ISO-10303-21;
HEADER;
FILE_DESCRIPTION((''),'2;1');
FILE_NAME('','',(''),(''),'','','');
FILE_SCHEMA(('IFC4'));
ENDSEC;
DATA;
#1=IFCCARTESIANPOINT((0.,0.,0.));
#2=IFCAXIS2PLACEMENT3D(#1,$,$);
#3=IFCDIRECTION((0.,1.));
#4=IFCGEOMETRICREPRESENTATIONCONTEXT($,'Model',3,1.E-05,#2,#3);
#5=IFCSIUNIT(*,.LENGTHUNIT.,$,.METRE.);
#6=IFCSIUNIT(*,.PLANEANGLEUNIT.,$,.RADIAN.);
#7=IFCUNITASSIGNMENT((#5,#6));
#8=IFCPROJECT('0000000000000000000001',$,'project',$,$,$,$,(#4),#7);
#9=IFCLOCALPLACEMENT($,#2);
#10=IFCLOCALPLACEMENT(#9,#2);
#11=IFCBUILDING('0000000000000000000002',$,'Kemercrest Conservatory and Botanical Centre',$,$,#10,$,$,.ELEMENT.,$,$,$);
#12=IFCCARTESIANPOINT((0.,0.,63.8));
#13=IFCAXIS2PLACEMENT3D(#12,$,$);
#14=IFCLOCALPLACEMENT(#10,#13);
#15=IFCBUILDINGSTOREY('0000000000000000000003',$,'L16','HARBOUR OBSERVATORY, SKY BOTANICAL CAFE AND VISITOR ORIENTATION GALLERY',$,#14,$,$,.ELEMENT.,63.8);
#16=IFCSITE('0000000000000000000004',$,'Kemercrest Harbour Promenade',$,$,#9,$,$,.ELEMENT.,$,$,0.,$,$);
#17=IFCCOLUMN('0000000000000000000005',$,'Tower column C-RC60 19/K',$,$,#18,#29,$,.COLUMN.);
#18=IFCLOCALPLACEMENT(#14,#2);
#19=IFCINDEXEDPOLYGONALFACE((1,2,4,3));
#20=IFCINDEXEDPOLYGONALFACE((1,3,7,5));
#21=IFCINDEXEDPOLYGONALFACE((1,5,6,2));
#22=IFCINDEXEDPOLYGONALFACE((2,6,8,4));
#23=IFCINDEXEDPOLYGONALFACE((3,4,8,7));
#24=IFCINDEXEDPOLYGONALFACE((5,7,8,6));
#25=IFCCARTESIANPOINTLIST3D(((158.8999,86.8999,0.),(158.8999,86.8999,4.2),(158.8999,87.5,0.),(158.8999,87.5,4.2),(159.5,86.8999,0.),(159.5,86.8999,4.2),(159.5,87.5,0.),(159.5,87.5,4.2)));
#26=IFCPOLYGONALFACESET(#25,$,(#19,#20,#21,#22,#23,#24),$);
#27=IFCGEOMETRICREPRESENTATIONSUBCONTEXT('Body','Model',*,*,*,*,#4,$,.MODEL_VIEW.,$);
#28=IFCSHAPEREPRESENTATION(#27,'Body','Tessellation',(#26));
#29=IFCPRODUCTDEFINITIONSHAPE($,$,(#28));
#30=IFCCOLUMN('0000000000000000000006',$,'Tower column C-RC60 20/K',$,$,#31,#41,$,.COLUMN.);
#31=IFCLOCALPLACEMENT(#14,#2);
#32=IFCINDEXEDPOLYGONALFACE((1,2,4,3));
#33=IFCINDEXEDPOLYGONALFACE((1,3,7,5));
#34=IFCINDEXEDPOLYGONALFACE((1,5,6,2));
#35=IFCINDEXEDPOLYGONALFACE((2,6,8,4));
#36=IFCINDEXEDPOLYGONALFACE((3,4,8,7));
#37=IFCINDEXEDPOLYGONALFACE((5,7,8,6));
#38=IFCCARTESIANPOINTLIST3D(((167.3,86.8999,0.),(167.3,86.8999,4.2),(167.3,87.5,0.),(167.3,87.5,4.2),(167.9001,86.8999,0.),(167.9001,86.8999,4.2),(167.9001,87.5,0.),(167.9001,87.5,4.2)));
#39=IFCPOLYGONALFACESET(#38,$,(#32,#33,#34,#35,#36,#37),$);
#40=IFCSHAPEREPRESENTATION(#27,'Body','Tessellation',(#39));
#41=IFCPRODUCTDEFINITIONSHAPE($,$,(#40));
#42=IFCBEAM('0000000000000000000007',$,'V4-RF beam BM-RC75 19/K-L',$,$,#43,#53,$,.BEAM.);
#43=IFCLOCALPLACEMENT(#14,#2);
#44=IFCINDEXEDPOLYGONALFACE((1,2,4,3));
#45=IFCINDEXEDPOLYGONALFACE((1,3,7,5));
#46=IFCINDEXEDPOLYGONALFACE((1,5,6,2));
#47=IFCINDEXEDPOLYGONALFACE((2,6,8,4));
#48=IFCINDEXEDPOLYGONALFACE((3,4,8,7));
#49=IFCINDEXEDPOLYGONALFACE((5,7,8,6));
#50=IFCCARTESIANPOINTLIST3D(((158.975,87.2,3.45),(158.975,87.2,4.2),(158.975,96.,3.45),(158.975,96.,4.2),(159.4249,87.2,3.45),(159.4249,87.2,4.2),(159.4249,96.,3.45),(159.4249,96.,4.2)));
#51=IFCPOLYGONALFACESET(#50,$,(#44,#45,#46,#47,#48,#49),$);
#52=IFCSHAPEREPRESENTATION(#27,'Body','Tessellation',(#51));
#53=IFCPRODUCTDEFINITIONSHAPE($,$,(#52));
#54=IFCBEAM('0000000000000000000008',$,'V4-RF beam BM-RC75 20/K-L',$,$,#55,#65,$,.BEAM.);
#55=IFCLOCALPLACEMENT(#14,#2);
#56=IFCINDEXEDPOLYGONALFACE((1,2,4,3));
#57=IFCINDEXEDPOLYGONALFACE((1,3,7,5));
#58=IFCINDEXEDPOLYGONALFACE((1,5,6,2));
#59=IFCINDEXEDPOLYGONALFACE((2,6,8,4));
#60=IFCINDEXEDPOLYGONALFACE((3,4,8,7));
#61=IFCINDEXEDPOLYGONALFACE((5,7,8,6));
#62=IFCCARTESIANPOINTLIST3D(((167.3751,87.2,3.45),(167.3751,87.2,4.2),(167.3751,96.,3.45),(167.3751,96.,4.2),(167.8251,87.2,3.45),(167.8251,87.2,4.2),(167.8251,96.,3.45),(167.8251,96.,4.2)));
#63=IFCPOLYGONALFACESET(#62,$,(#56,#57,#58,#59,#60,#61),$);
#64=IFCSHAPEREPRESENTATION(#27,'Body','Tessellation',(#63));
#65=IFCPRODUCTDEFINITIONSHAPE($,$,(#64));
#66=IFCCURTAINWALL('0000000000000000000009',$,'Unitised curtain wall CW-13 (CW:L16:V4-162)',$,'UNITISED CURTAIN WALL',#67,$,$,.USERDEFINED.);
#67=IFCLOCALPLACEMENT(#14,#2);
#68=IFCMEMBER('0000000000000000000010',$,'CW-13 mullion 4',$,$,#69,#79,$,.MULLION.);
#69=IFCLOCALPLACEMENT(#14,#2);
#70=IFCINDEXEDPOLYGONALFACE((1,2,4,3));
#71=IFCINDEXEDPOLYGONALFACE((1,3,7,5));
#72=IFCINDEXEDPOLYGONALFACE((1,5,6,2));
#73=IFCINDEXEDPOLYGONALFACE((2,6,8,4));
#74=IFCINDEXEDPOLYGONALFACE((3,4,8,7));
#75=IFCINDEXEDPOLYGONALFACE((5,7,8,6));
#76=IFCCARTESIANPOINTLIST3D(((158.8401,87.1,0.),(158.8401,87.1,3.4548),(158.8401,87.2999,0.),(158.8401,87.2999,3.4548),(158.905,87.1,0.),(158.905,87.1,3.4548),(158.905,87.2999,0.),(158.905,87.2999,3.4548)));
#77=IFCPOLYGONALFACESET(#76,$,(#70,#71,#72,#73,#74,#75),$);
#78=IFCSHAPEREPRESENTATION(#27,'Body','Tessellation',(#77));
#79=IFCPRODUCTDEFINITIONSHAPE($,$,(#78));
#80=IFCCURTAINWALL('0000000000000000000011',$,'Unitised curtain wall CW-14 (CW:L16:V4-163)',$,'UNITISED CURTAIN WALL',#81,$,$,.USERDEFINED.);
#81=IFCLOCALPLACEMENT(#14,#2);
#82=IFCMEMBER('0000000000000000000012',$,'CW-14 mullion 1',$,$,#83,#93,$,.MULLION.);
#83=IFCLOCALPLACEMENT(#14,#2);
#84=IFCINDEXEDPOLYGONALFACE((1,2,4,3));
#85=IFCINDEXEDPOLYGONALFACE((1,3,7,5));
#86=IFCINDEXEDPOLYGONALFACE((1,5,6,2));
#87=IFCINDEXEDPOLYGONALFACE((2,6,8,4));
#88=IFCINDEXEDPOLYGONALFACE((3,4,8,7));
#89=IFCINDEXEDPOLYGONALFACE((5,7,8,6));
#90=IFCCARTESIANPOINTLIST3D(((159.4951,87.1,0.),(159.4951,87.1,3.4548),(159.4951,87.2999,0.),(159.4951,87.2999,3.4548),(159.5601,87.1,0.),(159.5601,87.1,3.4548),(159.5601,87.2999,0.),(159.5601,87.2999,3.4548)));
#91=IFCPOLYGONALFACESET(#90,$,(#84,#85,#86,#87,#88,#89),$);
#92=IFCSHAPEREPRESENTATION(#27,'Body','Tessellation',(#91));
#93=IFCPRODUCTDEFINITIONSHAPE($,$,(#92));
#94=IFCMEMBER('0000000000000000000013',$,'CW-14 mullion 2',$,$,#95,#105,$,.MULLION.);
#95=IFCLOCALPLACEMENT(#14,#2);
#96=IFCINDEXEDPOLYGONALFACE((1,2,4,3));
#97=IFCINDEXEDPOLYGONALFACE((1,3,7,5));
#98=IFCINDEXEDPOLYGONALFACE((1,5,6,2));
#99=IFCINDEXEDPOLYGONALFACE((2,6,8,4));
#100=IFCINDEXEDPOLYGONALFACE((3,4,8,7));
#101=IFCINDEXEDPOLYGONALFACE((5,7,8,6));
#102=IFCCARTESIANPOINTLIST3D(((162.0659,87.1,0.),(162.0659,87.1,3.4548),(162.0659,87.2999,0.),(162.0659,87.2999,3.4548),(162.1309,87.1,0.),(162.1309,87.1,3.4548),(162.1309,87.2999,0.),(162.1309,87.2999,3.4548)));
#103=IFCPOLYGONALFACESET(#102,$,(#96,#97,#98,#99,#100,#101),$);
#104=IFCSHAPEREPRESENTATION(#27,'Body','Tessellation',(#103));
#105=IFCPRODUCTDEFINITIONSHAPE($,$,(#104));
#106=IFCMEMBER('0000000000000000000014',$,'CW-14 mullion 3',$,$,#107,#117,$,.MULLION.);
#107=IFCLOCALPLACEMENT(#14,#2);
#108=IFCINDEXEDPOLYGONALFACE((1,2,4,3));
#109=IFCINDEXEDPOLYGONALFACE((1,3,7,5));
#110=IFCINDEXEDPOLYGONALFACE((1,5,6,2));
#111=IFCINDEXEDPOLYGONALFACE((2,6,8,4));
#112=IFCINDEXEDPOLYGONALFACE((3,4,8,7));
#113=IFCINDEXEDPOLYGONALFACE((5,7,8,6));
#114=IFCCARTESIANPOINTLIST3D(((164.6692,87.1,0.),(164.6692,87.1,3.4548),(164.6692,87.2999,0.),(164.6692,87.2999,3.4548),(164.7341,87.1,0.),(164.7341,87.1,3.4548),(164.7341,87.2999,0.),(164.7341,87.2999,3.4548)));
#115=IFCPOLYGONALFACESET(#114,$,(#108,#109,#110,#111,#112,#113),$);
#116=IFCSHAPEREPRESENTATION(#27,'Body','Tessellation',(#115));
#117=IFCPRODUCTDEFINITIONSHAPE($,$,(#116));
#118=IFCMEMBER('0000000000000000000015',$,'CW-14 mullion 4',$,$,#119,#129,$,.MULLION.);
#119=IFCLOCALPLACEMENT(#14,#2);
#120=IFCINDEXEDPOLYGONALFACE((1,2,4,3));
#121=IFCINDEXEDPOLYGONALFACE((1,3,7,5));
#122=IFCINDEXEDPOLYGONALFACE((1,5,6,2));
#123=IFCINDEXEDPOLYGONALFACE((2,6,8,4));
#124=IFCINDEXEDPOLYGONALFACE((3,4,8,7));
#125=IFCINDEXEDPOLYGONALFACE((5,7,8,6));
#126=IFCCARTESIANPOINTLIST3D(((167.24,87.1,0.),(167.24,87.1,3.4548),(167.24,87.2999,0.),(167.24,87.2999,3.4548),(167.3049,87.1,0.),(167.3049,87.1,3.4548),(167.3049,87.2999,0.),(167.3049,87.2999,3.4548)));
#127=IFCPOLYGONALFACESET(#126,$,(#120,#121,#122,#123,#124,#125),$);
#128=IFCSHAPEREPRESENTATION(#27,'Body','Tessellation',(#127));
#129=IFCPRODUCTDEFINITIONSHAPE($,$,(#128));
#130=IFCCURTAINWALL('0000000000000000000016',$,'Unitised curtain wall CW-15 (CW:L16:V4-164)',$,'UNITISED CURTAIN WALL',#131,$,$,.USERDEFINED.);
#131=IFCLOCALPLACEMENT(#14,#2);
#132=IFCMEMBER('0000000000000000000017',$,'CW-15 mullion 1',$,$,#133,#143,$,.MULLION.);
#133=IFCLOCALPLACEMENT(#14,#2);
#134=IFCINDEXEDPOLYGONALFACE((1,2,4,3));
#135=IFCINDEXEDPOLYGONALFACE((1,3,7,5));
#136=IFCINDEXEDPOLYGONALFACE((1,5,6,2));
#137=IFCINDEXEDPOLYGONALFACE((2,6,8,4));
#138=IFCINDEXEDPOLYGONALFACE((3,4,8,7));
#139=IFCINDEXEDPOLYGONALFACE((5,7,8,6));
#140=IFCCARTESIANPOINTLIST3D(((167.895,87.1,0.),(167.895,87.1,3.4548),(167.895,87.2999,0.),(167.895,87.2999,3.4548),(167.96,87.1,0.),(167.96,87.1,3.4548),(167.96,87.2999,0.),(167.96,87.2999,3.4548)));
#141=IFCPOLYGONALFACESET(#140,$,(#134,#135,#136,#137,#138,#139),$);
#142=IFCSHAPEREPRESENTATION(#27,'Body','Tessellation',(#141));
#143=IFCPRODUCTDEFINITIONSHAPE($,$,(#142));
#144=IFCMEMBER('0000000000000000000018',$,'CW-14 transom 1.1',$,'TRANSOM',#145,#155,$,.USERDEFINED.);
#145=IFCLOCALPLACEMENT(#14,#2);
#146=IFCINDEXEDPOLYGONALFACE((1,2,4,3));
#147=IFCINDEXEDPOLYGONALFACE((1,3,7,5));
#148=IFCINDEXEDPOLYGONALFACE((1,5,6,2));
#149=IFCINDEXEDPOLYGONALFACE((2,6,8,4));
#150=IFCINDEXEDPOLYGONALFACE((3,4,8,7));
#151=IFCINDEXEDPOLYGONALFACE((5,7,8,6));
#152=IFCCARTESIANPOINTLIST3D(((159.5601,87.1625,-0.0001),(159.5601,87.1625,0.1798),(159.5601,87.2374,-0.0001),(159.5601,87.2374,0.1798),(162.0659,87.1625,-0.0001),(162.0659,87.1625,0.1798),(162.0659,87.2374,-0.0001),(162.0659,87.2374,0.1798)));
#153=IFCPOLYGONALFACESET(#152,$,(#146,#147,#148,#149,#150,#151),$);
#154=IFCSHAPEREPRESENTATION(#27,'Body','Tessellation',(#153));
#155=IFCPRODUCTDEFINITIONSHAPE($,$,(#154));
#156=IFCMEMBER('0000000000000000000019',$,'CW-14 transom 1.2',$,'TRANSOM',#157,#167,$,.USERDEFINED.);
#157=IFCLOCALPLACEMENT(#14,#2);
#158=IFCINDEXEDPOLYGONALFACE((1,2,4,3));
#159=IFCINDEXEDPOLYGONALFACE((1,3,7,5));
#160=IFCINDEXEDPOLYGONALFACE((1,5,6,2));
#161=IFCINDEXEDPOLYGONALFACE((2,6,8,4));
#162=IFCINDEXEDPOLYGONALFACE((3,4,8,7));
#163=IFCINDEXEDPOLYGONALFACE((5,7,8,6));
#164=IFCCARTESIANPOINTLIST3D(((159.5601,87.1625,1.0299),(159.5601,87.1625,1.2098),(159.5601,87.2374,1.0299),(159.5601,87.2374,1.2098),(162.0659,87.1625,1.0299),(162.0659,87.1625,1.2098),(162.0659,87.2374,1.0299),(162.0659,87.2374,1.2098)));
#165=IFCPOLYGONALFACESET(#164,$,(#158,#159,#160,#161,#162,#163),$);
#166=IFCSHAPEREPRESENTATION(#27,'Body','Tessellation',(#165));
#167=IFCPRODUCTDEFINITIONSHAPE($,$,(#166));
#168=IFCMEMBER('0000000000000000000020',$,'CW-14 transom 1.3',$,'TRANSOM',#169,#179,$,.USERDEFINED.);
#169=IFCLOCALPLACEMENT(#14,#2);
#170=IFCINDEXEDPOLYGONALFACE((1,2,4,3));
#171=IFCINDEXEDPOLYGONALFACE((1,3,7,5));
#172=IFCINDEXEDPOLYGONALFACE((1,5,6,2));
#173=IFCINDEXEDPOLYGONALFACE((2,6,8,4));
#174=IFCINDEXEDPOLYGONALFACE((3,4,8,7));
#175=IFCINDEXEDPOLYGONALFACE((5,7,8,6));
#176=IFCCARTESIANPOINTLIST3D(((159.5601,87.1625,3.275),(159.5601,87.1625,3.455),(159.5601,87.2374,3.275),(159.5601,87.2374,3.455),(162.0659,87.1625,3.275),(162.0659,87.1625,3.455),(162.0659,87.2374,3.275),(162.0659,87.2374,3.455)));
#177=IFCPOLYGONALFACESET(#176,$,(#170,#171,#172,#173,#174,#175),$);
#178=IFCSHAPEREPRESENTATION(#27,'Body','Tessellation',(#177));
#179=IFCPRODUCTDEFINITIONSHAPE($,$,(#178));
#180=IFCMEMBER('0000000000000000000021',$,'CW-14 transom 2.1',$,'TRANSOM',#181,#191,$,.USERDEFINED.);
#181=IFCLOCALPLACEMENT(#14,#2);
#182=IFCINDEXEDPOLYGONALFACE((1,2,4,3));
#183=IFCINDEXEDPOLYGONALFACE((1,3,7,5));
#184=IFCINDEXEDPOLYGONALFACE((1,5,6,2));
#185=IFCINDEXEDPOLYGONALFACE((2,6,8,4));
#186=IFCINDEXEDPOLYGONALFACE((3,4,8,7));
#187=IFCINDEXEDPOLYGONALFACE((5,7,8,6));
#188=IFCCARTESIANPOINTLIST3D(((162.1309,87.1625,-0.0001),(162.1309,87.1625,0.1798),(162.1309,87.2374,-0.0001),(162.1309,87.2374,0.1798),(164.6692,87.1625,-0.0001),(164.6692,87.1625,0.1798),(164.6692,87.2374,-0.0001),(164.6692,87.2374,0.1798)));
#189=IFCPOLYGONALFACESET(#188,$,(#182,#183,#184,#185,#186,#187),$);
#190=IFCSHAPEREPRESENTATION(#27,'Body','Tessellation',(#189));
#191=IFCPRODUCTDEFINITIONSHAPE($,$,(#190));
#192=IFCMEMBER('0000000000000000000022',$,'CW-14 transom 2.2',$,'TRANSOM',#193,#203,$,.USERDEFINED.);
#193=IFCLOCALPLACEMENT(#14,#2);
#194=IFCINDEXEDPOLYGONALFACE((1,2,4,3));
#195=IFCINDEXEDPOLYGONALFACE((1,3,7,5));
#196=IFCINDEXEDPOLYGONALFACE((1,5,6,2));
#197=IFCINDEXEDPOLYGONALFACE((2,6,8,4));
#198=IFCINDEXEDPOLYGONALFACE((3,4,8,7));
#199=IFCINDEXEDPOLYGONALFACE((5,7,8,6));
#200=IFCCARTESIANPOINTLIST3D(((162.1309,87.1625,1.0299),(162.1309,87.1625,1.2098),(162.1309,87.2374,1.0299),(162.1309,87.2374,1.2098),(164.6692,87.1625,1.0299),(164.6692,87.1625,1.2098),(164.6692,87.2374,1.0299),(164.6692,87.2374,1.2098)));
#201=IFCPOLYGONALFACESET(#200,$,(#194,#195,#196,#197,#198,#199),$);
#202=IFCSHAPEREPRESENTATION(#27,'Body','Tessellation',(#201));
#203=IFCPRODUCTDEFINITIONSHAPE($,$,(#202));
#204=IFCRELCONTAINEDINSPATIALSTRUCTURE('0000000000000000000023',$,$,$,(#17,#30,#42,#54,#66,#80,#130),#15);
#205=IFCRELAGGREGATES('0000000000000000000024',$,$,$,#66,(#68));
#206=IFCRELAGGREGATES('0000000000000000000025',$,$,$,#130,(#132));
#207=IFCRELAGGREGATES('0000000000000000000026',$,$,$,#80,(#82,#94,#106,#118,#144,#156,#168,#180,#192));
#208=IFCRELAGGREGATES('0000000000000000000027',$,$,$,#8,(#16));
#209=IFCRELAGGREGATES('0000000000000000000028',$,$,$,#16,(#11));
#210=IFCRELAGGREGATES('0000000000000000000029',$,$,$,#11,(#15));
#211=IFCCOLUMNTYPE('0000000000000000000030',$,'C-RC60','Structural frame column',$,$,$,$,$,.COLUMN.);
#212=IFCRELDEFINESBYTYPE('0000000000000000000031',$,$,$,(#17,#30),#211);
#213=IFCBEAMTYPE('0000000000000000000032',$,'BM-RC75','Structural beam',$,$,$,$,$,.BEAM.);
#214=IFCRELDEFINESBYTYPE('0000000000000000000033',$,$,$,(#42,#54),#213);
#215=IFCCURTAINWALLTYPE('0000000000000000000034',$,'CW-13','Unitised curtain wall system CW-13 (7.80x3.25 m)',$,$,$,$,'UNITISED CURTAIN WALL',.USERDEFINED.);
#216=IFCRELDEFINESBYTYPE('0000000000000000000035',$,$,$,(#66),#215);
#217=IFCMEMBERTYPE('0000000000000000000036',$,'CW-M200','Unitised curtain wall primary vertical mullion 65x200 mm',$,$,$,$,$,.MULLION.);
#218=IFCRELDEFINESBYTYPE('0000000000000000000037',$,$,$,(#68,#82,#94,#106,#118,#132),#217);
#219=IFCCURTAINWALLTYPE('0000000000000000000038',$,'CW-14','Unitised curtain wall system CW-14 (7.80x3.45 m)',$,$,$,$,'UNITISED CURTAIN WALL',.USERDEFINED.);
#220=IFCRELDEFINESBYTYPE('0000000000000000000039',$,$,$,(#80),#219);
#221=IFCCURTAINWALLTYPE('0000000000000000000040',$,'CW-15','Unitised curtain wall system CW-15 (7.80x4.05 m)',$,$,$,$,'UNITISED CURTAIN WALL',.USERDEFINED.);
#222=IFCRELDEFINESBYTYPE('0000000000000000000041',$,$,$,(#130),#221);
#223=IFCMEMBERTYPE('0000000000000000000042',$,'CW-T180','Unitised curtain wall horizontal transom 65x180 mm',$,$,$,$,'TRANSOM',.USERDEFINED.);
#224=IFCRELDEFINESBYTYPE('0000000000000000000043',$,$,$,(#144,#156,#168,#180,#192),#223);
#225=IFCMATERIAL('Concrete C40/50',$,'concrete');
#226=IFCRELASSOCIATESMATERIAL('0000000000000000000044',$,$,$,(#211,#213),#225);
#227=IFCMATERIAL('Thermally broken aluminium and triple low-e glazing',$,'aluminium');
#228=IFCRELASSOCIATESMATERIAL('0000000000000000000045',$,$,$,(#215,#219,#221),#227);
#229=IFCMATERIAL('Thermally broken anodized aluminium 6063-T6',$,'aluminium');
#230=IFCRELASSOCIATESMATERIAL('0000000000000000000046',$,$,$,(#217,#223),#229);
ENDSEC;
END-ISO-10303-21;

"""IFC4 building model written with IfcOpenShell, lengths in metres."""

from ifc_helpers import new_model, si_unit, direction, frame, origin, origin_2d, place, context, subcontext, project, spatial, rectangle, extrude, material, material_profile, profile_set, type_object, element, aggregate, save


model = new_model("IFC4")

# Units and contexts
model_context = context("Model", 3, precision=1e-05, world=origin(), true_north=direction((0.0, 1.0)))
body_context = subcontext(model_context, "Body", "Model", "MODEL_VIEW")
ifc_project = project(units=[si_unit("LENGTHUNIT", "METRE"), si_unit("PLANEANGLEUNIT", "RADIAN")], contexts=[model_context])

# Site, building, storey
site_placement = place(None, origin())
site = spatial("IfcSite", under=ifc_project, at=site_placement, Name="Kemercrest Harbour Promenade", CompositionType="ELEMENT", RefElevation=0.0)
building_placement = place(site_placement, origin())
building = spatial("IfcBuilding", under=site, at=building_placement, Name="Kemercrest Conservatory and Botanical Centre", CompositionType="ELEMENT")
storey_placement = place(building_placement, frame((0.0, 0.0, 63.8)))
storey = spatial("IfcBuildingStorey", under=building, at=storey_placement, Name="L16", Description="HARBOUR OBSERVATORY, SKY BOTANICAL CAFE AND VISITOR ORIENTATION GALLERY", CompositionType="ELEMENT", Elevation=63.8)

# Columns
ifc_material_1 = material(Name="Concrete C40/50", Category="concrete")
ifc_material_profile_1 = material_profile(ifc_material_1, rectangle(XDim=0.6001, YDim=0.6001, at=origin_2d()), Name="RC 600x600")
ifc_profile_set_1 = profile_set([ifc_material_profile_1], Name="Concrete C40/50")
column_type = type_object("IfcColumnType", Name="C-RC60", Description="Structural frame column", PredefinedType="COLUMN", material=ifc_profile_set_1)
for number, where, z_axis, x_axis, name in (
    (1, (159.2, 87.2, 0.0), (0.0, 0.0, 1.0), (1.0, 0.0, 0.0), "Tower column C-RC60 19/K"),
    (2, (167.6001, 87.2, 0.0), (0.0, 0.0, 1.0), (1.0, 0.0, 0.0), "Tower column C-RC60 20/K"),
):
    element("IfcColumn", number, at=place(storey_placement, frame(where, z_axis=z_axis, x_axis=x_axis)), inside=storey, type_object=column_type, Name=name, PredefinedType="COLUMN", context=body_context, shape_type="SweptSolid", body=[
        extrude(rectangle(XDim=0.6001, YDim=0.6001, at=origin_2d()), origin(), (0.0, 0.0, 1.0), 4.2),
    ])

# Beams
ifc_material_profile_2 = material_profile(ifc_material_1, rectangle(XDim=0.45, YDim=0.75, at=origin_2d()), Name="RC 450x750")
ifc_profile_set_2 = profile_set([ifc_material_profile_2], Name="Concrete C40/50")
beam_type_1 = type_object("IfcBeamType", Name="BM-RC75", Description="Structural beam", PredefinedType="BEAM", material=ifc_profile_set_2)
for number, where, z_axis, x_axis, name in (
    (3, (159.2, 87.2, 3.825), (0.0, 1.0, 0.0), (-1.0, 0.0, 0.0), "V4-RF beam BM-RC75 19/K-L"),
    (4, (167.6001, 87.2, 3.825), (0.0, 1.0, 0.0), (-1.0, 0.0, 0.0), "V4-RF beam BM-RC75 20/K-L"),
):
    element("IfcBeam", number, at=place(storey_placement, frame(where, z_axis=z_axis, x_axis=x_axis)), inside=storey, type_object=beam_type_1, Name=name, PredefinedType="BEAM", context=body_context, shape_type="SweptSolid", body=[
        extrude(rectangle(XDim=0.45, YDim=0.75, at=origin_2d()), origin(), (0.0, 0.0, 1.0), 8.8),
    ])

# Curtain wall, member
ifc_material_2 = material(Name="Thermally broken aluminium and triple low-e glazing", Category="aluminium")
curtain_wall_type_1 = type_object("IfcCurtainWallType", Name="CW-13", Description="Unitised curtain wall system CW-13 (7.80x3.25 m)", ElementType="UNITISED CURTAIN WALL", PredefinedType="USERDEFINED", material=ifc_material_2)
curtain_wall_1_placement = place(storey_placement, origin())
curtain_wall_1 = element("IfcCurtainWall", 5, at=curtain_wall_1_placement, inside=storey, type_object=curtain_wall_type_1, Name="Unitised curtain wall CW-13 (CW:L16:V4-162)", ObjectType="UNITISED CURTAIN WALL", PredefinedType="USERDEFINED")
ifc_material_3 = material(Name="Thermally broken anodized aluminium 6063-T6", Category="aluminium")
ifc_material_profile_3 = material_profile(ifc_material_3, rectangle(XDim=0.2, YDim=0.0649, at=origin_2d()), Name="AL MULLION 65x200")
ifc_profile_set_3 = profile_set([ifc_material_profile_3], Name="Thermally broken anodized aluminium 6063-T6")
member_type_1 = type_object("IfcMemberType", Name="CW-M200", Description="Unitised curtain wall primary vertical mullion 65x200 mm", PredefinedType="MULLION", material=ifc_profile_set_3)
member_1_placement = place(storey_placement, frame((158.8726, 87.2, 0.0), z_axis=(0.0, 0.0, 1.0), x_axis=(0.0, 1.0, 0.0)))
member_1 = element("IfcMember", 6, at=member_1_placement, type_object=member_type_1, Name="CW-13 mullion 4", PredefinedType="MULLION", context=body_context, shape_type="SweptSolid", body=[
    extrude(rectangle(XDim=0.2, YDim=0.0649, at=origin_2d()), origin(), (0.0, 0.0, 1.0), 3.4548),
])
aggregate(curtain_wall_1, [member_1])

# Curtain wall, members
curtain_wall_type_2 = type_object("IfcCurtainWallType", Name="CW-14", Description="Unitised curtain wall system CW-14 (7.80x3.45 m)", ElementType="UNITISED CURTAIN WALL", PredefinedType="USERDEFINED", material=ifc_material_2)
curtain_wall_2_placement = place(storey_placement, origin())
curtain_wall_2 = element("IfcCurtainWall", 7, at=curtain_wall_2_placement, inside=storey, type_object=curtain_wall_type_2, Name="Unitised curtain wall CW-14 (CW:L16:V4-163)", ObjectType="UNITISED CURTAIN WALL", PredefinedType="USERDEFINED")
member_2_placement = place(storey_placement, frame((159.5276, 87.2, 0.0), z_axis=(0.0, 0.0, 1.0), x_axis=(0.0, 1.0, 0.0)))
member_2 = element("IfcMember", 8, at=member_2_placement, type_object=member_type_1, Name="CW-14 mullion 1", PredefinedType="MULLION", context=body_context, shape_type="SweptSolid", body=[
    extrude(rectangle(XDim=0.2, YDim=0.0649, at=origin_2d()), origin(), (0.0, 0.0, 1.0), 3.4548),
])
member_3_placement = place(storey_placement, frame((162.0984, 87.2, 0.0), z_axis=(0.0, 0.0, 1.0), x_axis=(0.0, 1.0, 0.0)))
member_3 = element("IfcMember", 9, at=member_3_placement, type_object=member_type_1, Name="CW-14 mullion 2", PredefinedType="MULLION", context=body_context, shape_type="SweptSolid", body=[
    extrude(rectangle(XDim=0.2, YDim=0.0649, at=origin_2d()), origin(), (0.0, 0.0, 1.0), 3.4548),
])
member_4_placement = place(storey_placement, frame((164.7017, 87.2, 0.0), z_axis=(0.0, 0.0, 1.0), x_axis=(0.0, 1.0, 0.0)))
member_4 = element("IfcMember", 10, at=member_4_placement, type_object=member_type_1, Name="CW-14 mullion 3", PredefinedType="MULLION", context=body_context, shape_type="SweptSolid", body=[
    extrude(rectangle(XDim=0.2, YDim=0.0649, at=origin_2d()), origin(), (0.0, 0.0, 1.0), 3.4548),
])
member_5_placement = place(storey_placement, frame((167.2725, 87.2, 0.0), z_axis=(0.0, 0.0, 1.0), x_axis=(0.0, 1.0, 0.0)))
member_5 = element("IfcMember", 11, at=member_5_placement, type_object=member_type_1, Name="CW-14 mullion 4", PredefinedType="MULLION", context=body_context, shape_type="SweptSolid", body=[
    extrude(rectangle(XDim=0.2, YDim=0.0649, at=origin_2d()), origin(), (0.0, 0.0, 1.0), 3.4548),
])

# Curtain wall, member
curtain_wall_type_3 = type_object("IfcCurtainWallType", Name="CW-15", Description="Unitised curtain wall system CW-15 (7.80x4.05 m)", ElementType="UNITISED CURTAIN WALL", PredefinedType="USERDEFINED", material=ifc_material_2)
curtain_wall_3_placement = place(storey_placement, origin())
curtain_wall_3 = element("IfcCurtainWall", 12, at=curtain_wall_3_placement, inside=storey, type_object=curtain_wall_type_3, Name="Unitised curtain wall CW-15 (CW:L16:V4-164)", ObjectType="UNITISED CURTAIN WALL", PredefinedType="USERDEFINED")
member_6_placement = place(storey_placement, frame((167.9275, 87.2, 0.0), z_axis=(0.0, 0.0, 1.0), x_axis=(0.0, 1.0, 0.0)))
member_6 = element("IfcMember", 13, at=member_6_placement, type_object=member_type_1, Name="CW-15 mullion 1", PredefinedType="MULLION", context=body_context, shape_type="SweptSolid", body=[
    extrude(rectangle(XDim=0.2, YDim=0.0649, at=origin_2d()), origin(), (0.0, 0.0, 1.0), 3.4548),
])
aggregate(curtain_wall_3, [member_6])

# Members
ifc_material_profile_4 = material_profile(ifc_material_3, rectangle(XDim=0.075, YDim=0.1799, at=origin_2d()), Name="AL TRANSOM 75x180")
ifc_profile_set_4 = profile_set([ifc_material_profile_4], Name="Thermally broken anodized aluminium 6063-T6")
member_type_2 = type_object("IfcMemberType", Name="CW-T180", Description="Unitised curtain wall horizontal transom 65x180 mm", ElementType="TRANSOM", PredefinedType="USERDEFINED", material=ifc_profile_set_4)
member_7_placement = place(storey_placement, frame((159.5601, 87.2, 0.0898), z_axis=(1.0, 0.0, 0.0), x_axis=(0.0, 1.0, 0.0)))
member_7 = element("IfcMember", 14, at=member_7_placement, type_object=member_type_2, Name="CW-14 transom 1.1", ObjectType="TRANSOM", PredefinedType="USERDEFINED", context=body_context, shape_type="SweptSolid", body=[
    extrude(rectangle(XDim=0.075, YDim=0.1799, at=origin_2d()), origin(), (0.0, 0.0, 1.0), 2.5059),
])
member_8_placement = place(storey_placement, frame((159.5601, 87.2, 1.1199), z_axis=(1.0, 0.0, 0.0), x_axis=(0.0, 1.0, 0.0)))
member_8 = element("IfcMember", 15, at=member_8_placement, type_object=member_type_2, Name="CW-14 transom 1.2", ObjectType="TRANSOM", PredefinedType="USERDEFINED", context=body_context, shape_type="SweptSolid", body=[
    extrude(rectangle(XDim=0.075, YDim=0.1799, at=origin_2d()), origin(), (0.0, 0.0, 1.0), 2.5059),
])
member_9_placement = place(storey_placement, frame((159.5601, 87.2, 3.365), z_axis=(1.0, 0.0, 0.0), x_axis=(0.0, 1.0, 0.0)))
member_9 = element("IfcMember", 16, at=member_9_placement, type_object=member_type_2, Name="CW-14 transom 1.3", ObjectType="TRANSOM", PredefinedType="USERDEFINED", context=body_context, shape_type="SweptSolid", body=[
    extrude(rectangle(XDim=0.075, YDim=0.1799, at=origin_2d()), origin(), (0.0, 0.0, 1.0), 2.5059),
])
member_10_placement = place(storey_placement, frame((162.1309, 87.2, 0.0898), z_axis=(1.0, 0.0, 0.0), x_axis=(0.0, 1.0, 0.0)))
member_10 = element("IfcMember", 17, at=member_10_placement, type_object=member_type_2, Name="CW-14 transom 2.1", ObjectType="TRANSOM", PredefinedType="USERDEFINED", context=body_context, shape_type="SweptSolid", body=[
    extrude(rectangle(XDim=0.075, YDim=0.1799, at=origin_2d()), origin(), (0.0, 0.0, 1.0), 2.5383),
])
member_11_placement = place(storey_placement, frame((162.1309, 87.2, 1.1199), z_axis=(1.0, 0.0, 0.0), x_axis=(0.0, 1.0, 0.0)))
member_11 = element("IfcMember", 18, at=member_11_placement, type_object=member_type_2, Name="CW-14 transom 2.2", ObjectType="TRANSOM", PredefinedType="USERDEFINED", context=body_context, shape_type="SweptSolid", body=[
    extrude(rectangle(XDim=0.075, YDim=0.1799, at=origin_2d()), origin(), (0.0, 0.0, 1.0), 2.5383),
])

aggregate(curtain_wall_2, [member_2, member_3, member_4, member_5, member_7, member_8, member_9, member_10, member_11])

save(model, "model.ifc")
